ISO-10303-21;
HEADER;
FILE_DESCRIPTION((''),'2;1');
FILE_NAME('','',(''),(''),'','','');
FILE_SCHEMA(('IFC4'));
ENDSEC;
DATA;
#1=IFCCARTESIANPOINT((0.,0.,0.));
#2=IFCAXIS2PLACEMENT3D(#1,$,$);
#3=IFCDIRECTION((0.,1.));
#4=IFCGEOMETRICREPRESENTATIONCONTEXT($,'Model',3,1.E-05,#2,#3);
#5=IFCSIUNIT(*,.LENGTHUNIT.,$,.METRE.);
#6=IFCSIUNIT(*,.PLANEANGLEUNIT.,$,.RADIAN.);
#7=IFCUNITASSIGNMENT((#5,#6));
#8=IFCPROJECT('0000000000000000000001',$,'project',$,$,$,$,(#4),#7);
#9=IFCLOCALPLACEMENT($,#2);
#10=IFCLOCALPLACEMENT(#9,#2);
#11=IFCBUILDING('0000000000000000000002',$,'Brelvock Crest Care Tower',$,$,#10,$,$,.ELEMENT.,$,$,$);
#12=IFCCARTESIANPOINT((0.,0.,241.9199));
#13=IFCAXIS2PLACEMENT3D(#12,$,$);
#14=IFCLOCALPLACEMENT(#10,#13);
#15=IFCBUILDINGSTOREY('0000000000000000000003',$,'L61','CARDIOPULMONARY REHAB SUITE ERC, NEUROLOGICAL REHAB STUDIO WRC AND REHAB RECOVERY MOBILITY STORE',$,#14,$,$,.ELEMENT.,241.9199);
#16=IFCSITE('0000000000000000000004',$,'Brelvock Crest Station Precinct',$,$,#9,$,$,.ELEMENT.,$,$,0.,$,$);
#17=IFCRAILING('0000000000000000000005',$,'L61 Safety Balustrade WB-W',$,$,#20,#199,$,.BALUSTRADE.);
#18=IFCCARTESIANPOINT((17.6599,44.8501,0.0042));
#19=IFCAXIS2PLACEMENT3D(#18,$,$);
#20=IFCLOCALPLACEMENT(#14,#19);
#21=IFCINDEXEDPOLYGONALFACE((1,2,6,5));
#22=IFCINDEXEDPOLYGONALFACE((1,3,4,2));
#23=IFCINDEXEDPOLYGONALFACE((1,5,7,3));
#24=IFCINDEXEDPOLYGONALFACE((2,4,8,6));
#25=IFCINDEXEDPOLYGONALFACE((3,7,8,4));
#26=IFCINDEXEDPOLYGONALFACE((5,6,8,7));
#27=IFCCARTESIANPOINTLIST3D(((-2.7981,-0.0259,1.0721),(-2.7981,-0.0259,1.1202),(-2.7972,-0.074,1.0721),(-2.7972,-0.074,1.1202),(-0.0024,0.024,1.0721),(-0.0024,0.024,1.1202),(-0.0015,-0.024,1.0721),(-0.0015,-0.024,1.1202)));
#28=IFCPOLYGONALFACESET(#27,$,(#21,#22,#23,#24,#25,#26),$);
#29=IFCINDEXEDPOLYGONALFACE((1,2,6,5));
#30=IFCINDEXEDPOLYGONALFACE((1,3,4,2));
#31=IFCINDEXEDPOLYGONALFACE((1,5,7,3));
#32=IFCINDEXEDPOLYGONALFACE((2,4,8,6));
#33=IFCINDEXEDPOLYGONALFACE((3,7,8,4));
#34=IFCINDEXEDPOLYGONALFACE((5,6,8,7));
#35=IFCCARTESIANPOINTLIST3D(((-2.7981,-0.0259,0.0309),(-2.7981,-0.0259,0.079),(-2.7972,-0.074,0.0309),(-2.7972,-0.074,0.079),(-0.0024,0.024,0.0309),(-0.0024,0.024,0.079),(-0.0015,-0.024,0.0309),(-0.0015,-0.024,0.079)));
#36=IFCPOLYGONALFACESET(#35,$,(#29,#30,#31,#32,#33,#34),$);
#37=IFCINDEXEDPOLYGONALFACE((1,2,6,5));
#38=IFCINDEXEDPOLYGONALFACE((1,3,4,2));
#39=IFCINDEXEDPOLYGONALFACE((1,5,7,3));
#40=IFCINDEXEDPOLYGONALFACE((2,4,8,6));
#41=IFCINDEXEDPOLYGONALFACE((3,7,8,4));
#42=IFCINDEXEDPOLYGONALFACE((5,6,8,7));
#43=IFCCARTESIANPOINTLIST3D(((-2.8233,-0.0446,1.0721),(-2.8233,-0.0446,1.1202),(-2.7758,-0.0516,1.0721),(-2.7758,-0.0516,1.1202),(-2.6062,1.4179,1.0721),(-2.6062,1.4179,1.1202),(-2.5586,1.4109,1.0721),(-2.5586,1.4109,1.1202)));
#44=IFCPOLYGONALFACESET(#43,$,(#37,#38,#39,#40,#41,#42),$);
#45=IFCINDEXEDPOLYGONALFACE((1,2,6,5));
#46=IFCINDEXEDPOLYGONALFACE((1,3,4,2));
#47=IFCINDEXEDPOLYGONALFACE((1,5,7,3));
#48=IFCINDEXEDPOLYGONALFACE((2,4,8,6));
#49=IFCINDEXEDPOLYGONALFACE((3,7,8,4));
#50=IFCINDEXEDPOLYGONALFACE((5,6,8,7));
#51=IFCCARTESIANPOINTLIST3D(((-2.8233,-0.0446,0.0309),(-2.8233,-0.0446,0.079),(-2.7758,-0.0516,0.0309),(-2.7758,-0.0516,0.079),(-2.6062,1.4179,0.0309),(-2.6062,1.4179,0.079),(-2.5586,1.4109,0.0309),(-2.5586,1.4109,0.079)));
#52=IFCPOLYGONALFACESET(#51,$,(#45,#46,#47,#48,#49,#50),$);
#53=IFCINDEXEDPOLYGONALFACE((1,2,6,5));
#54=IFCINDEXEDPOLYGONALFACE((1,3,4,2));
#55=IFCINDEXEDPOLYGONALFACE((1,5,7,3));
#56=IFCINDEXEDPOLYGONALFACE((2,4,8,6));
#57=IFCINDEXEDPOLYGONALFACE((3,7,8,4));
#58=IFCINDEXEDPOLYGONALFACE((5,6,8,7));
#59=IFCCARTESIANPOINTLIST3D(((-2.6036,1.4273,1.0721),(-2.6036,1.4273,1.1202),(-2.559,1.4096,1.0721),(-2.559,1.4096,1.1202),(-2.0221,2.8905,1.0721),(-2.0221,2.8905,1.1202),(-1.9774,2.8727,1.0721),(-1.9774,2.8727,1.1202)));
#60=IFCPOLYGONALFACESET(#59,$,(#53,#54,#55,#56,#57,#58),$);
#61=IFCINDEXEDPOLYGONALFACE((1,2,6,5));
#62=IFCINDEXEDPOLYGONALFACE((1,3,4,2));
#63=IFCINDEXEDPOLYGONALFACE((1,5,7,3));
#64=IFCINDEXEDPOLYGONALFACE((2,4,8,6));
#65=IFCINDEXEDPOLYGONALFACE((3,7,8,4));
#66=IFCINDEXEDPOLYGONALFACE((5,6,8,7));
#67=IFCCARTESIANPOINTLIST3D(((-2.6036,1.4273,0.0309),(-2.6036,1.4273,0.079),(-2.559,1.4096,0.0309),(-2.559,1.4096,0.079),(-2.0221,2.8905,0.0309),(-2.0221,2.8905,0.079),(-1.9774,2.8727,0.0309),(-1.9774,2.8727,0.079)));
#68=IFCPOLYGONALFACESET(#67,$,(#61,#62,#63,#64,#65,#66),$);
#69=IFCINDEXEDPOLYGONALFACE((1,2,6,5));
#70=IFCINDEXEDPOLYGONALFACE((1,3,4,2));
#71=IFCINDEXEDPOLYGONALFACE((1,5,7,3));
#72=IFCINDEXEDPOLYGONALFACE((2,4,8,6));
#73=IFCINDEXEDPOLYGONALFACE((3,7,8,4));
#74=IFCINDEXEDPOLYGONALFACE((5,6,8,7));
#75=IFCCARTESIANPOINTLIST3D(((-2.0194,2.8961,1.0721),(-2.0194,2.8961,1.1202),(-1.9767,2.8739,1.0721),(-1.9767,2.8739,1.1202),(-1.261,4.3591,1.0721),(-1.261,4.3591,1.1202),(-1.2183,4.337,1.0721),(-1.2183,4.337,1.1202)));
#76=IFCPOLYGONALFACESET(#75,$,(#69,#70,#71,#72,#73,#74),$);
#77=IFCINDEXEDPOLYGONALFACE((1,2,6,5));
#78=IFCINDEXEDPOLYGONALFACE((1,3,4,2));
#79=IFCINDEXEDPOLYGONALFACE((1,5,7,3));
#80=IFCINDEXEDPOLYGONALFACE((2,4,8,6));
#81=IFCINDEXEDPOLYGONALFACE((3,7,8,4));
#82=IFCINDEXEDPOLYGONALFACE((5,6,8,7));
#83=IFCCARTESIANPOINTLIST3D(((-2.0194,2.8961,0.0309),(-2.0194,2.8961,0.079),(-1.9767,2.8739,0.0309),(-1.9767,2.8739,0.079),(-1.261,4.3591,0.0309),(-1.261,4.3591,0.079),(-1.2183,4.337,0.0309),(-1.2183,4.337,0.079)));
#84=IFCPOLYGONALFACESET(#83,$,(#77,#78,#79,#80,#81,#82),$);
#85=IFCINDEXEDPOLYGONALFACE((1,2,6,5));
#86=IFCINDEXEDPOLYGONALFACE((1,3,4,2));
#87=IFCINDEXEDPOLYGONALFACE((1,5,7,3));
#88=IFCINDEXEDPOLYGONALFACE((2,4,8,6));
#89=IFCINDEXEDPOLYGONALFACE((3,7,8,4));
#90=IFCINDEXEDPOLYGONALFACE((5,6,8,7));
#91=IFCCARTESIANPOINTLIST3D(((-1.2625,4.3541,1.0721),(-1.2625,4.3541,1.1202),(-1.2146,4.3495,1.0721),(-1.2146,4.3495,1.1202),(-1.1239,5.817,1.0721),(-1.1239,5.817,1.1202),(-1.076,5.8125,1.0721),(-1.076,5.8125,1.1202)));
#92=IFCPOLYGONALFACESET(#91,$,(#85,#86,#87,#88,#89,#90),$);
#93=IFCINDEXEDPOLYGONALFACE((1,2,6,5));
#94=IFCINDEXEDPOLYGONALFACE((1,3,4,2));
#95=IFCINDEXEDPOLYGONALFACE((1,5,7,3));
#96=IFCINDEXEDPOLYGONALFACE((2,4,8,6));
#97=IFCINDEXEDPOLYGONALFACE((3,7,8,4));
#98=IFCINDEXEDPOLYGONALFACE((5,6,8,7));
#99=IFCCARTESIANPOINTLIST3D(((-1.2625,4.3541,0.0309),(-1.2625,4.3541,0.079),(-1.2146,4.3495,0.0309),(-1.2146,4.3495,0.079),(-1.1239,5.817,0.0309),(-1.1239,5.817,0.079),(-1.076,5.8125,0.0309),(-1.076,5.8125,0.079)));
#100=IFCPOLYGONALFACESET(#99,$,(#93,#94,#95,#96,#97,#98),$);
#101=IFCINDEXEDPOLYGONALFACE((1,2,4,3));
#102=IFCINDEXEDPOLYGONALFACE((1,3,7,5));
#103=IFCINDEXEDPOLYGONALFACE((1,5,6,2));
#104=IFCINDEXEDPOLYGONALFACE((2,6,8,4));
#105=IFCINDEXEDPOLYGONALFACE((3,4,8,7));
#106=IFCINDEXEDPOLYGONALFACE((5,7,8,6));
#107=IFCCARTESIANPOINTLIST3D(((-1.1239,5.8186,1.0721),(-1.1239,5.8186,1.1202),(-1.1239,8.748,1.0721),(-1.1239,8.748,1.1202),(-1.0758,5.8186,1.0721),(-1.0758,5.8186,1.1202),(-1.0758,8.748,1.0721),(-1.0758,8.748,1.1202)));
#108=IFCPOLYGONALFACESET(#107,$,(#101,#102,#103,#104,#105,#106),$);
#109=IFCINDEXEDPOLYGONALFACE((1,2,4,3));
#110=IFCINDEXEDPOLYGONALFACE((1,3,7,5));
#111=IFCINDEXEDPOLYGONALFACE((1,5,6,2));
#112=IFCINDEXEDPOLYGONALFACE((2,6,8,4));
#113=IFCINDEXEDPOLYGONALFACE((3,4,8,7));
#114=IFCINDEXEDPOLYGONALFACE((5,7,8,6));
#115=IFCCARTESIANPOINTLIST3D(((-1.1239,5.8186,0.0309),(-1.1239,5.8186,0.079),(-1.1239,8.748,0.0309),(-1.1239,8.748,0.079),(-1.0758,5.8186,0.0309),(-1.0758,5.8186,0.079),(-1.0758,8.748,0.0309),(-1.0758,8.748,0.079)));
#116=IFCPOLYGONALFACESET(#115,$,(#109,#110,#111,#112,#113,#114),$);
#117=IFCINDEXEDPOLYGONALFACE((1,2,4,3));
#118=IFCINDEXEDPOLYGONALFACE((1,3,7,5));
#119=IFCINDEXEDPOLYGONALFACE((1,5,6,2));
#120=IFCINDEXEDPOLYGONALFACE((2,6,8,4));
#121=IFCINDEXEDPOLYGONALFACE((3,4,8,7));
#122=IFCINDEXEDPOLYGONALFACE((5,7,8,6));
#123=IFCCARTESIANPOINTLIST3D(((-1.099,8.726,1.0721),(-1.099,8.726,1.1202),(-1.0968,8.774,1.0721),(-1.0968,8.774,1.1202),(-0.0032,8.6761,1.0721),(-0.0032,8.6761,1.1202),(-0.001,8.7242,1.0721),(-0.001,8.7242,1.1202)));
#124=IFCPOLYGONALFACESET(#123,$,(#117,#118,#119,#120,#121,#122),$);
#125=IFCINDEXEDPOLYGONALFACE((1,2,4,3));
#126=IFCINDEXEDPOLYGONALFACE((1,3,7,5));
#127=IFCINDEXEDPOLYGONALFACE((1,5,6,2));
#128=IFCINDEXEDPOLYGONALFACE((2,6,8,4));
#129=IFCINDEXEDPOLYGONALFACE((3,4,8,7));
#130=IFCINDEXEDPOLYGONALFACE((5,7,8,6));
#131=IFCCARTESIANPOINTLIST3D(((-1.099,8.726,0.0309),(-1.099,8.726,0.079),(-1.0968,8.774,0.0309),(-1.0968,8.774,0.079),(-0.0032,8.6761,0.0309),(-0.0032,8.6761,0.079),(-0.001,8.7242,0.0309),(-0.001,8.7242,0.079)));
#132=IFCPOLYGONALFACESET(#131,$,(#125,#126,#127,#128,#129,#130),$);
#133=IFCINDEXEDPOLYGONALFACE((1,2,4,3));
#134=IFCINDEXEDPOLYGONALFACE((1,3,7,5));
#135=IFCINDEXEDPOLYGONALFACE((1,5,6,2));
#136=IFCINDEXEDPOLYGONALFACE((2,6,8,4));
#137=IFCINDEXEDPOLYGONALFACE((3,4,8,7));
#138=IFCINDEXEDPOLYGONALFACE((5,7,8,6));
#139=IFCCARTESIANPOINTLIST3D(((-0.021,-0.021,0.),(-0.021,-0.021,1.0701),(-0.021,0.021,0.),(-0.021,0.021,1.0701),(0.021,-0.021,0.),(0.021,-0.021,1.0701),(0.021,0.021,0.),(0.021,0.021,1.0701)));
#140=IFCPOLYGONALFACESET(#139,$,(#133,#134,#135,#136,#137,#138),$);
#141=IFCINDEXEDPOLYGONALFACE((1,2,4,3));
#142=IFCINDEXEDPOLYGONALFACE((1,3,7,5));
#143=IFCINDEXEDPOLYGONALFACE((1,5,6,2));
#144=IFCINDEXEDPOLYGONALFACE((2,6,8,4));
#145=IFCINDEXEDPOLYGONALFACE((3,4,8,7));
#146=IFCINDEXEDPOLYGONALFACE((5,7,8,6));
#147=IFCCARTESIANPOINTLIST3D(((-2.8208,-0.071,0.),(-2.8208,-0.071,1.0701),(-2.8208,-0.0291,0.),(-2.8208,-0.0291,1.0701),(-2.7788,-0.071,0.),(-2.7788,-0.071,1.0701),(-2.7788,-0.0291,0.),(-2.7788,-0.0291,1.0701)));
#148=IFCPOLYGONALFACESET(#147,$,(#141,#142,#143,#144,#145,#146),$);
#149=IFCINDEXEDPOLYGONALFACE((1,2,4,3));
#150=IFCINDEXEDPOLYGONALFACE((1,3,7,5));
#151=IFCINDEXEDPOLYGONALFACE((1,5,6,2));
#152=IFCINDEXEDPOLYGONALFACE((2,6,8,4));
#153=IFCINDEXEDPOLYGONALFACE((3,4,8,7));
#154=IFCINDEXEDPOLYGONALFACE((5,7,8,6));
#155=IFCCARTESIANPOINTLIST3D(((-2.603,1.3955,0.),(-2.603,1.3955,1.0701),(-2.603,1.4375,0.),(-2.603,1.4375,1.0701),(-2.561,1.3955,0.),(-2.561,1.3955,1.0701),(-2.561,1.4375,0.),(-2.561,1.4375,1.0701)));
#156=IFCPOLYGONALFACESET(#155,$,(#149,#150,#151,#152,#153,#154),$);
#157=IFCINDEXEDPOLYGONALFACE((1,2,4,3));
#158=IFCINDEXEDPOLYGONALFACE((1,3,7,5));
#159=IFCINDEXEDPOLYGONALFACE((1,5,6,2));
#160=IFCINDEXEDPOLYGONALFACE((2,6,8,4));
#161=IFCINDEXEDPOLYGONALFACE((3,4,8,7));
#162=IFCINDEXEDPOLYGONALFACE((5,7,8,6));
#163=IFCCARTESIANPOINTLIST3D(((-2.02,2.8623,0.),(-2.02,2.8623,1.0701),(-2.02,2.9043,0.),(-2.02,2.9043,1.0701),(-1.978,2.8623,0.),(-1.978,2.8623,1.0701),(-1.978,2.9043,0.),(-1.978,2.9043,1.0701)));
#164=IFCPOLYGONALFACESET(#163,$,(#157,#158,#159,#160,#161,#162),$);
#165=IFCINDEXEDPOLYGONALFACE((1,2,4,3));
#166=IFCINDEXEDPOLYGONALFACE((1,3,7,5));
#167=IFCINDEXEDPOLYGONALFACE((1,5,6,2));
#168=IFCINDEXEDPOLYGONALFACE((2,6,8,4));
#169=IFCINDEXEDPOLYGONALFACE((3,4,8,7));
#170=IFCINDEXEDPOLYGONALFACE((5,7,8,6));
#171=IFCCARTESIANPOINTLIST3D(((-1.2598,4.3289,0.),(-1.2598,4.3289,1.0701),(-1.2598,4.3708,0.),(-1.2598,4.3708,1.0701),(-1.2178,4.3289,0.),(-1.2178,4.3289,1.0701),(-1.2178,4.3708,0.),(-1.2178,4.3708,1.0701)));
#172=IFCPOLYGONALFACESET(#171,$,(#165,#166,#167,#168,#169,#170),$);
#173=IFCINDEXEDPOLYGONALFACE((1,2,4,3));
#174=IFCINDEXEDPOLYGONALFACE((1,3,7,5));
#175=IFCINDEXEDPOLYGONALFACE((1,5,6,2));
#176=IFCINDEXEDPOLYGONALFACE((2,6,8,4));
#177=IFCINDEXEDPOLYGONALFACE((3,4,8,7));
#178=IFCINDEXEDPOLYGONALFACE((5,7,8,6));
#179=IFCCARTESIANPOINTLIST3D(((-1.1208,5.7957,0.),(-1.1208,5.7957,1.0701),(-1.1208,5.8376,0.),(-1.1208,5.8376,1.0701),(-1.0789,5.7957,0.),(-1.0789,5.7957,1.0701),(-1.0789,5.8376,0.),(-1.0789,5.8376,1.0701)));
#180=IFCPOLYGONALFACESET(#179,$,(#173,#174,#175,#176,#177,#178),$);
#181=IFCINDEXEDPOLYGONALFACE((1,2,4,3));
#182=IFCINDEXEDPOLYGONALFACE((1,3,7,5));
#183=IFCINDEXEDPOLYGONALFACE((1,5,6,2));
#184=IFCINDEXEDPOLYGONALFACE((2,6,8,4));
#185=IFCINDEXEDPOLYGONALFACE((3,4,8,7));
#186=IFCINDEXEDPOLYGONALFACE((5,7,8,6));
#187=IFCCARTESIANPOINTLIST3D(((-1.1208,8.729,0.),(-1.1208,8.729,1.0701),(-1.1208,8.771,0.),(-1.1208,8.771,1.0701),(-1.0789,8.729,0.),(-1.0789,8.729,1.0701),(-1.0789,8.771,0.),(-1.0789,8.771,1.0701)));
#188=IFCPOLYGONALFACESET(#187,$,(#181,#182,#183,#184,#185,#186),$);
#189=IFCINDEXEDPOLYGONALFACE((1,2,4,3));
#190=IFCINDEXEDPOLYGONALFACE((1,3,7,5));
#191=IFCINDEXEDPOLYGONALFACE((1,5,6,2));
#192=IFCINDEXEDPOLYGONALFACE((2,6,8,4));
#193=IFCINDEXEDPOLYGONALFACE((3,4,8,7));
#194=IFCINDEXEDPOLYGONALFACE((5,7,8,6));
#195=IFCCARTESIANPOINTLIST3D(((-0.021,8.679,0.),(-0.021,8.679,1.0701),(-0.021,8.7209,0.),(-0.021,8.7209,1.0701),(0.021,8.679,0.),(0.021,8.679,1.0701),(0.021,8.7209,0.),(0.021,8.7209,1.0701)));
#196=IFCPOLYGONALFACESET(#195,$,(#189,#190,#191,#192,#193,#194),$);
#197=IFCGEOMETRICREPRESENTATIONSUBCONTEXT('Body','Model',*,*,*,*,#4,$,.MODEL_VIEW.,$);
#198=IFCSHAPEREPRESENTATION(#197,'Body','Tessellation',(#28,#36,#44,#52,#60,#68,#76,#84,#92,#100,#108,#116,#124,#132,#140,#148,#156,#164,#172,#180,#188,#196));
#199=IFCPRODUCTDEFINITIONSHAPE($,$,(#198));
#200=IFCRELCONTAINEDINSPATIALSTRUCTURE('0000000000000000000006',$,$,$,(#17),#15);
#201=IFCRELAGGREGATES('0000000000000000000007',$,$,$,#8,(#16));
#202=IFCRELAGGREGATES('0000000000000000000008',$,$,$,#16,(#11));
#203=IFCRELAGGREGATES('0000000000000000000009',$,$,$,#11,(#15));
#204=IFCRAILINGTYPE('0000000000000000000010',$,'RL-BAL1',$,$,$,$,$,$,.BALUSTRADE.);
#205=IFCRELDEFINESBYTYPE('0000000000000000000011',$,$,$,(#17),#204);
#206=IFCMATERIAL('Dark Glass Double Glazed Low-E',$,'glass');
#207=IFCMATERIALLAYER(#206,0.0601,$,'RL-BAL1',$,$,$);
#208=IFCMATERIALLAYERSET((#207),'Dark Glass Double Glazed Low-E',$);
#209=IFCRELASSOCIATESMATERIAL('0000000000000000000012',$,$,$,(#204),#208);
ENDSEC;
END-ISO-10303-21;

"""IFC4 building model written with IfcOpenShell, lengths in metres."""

from ifc_helpers import new_model, si_unit, direction, frame, origin, origin_2d, place, context, subcontext, project, spatial, rectangle, extrude, material, layer, layer_set, type_object, element, save


model = new_model("IFC4")

# Units and contexts
model_context = context("Model", 3, precision=1e-05, world=origin(), true_north=direction((0.0, 1.0)))
body_context = subcontext(model_context, "Body", "Model", "MODEL_VIEW")
ifc_project = project(units=[si_unit("LENGTHUNIT", "METRE"), si_unit("PLANEANGLEUNIT", "RADIAN")], contexts=[model_context])

# Site, building, storey
site_placement = place(None, origin())
site = spatial("IfcSite", under=ifc_project, at=site_placement, Name="Brelvock Crest Station Precinct", CompositionType="ELEMENT", RefElevation=0.0)
building_placement = place(site_placement, origin())
building = spatial("IfcBuilding", under=site, at=building_placement, Name="Brelvock Crest Care Tower", CompositionType="ELEMENT")
storey_placement = place(building_placement, frame((0.0, 0.0, 241.9199)))
storey = spatial("IfcBuildingStorey", under=building, at=storey_placement, Name="L61", Description="CARDIOPULMONARY REHAB SUITE ERC, NEUROLOGICAL REHAB STUDIO WRC AND REHAB RECOVERY MOBILITY STORE", CompositionType="ELEMENT", Elevation=241.9199)

# Shared definitions
ifc_material_1 = material(Name="Dark Glass Double Glazed Low-E", Category="glass")

# Railing
ifc_layer_1 = layer(ifc_material_1, 0.0601, Name="RL-BAL1")
ifc_layer_set_1 = layer_set([ifc_layer_1], Name="Dark Glass Double Glazed Low-E")
railing_type = type_object("IfcRailingType", Name="RL-BAL1", PredefinedType="BALUSTRADE", material=ifc_layer_set_1)
railing_placement = place(storey_placement, frame((17.6599, 44.8501, 0.0042)))
element("IfcRailing", 1, at=railing_placement, inside=storey, type_object=railing_type, Name="L61 Safety Balustrade WB-W", PredefinedType="BALUSTRADE", context=body_context, shape_type="SweptSolid", body=[
    extrude(rectangle(XDim=0.0481, YDim=0.0481, at=origin_2d()), frame((-0.002, 0.0, 1.0962), z_axis=(-0.99984, -0.017873, 0.0), x_axis=(0.017873, -0.99984, 0.0)), (0.0, 0.0, 1.0), 2.7961),
    extrude(rectangle(XDim=0.0481, YDim=0.0481, at=origin_2d()), frame((-0.002, 0.0, 0.0549), z_axis=(-0.99984, -0.017873, 0.0), x_axis=(0.017873, -0.99984, 0.0)), (0.0, 0.0, 1.0), 2.7961),
    extrude(rectangle(XDim=0.0481, YDim=0.0481, at=origin_2d()), frame((-2.7996, -0.0481, 1.0962), z_axis=(0.146883, 0.989154, 0.0), x_axis=(-0.989154, 0.146883, 0.0)), (0.0, 0.0, 1.0), 1.4785),
    extrude(rectangle(XDim=0.0481, YDim=0.0481, at=origin_2d()), frame((-2.7996, -0.0481, 0.0549), z_axis=(0.146883, 0.989154, 0.0), x_axis=(-0.989154, 0.146883, 0.0)), (0.0, 0.0, 1.0), 1.4785),
    extrude(rectangle(XDim=0.0481, YDim=0.0481, at=origin_2d()), frame((-2.5813, 1.4185, 1.0962), z_axis=(0.369363, 0.929285, 0.0), x_axis=(-0.929285, 0.369363, 0.0)), (0.0, 0.0, 1.0), 1.5745),
    extrude(rectangle(XDim=0.0481, YDim=0.0481, at=origin_2d()), frame((-2.5813, 1.4185, 0.0549), z_axis=(0.369363, 0.929285, 0.0), x_axis=(-0.929285, 0.369363, 0.0)), (0.0, 0.0, 1.0), 1.5745),
    extrude(rectangle(XDim=0.0481, YDim=0.0481, at=origin_2d()), frame((-1.998, 2.885, 1.0962), z_axis=(0.460231, 0.887799, 0.0), x_axis=(-0.887799, 0.460231, 0.0)), (0.0, 0.0, 1.0), 1.6479),
    extrude(rectangle(XDim=0.0481, YDim=0.0481, at=origin_2d()), frame((-1.998, 2.885, 0.0549), z_axis=(0.460231, 0.887799, 0.0), x_axis=(-0.887799, 0.460231, 0.0)), (0.0, 0.0, 1.0), 1.6479),
    extrude(rectangle(XDim=0.0481, YDim=0.0481, at=origin_2d()), frame((-1.2385, 4.3518, 1.0962), z_axis=(0.094285, 0.995545, 0.0), x_axis=(-0.995545, 0.094285, 0.0)), (0.0, 0.0, 1.0), 1.4695),
    extrude(rectangle(XDim=0.0481, YDim=0.0481, at=origin_2d()), frame((-1.2385, 4.3518, 0.0549), z_axis=(0.094285, 0.995545, 0.0), x_axis=(-0.995545, 0.094285, 0.0)), (0.0, 0.0, 1.0), 1.4695),
    extrude(rectangle(XDim=0.0481, YDim=0.0481, at=origin_2d()), frame((-1.0999, 5.8186, 1.0962), z_axis=(0.0, 1.0, 0.0), x_axis=(-1.0, 0.0, 0.0)), (0.0, 0.0, 1.0), 2.9294),
    extrude(rectangle(XDim=0.0481, YDim=0.0481, at=origin_2d()), frame((-1.0999, 5.8186, 0.0549), z_axis=(0.0, 1.0, 0.0), x_axis=(-1.0, 0.0, 0.0)), (0.0, 0.0, 1.0), 2.9294),
    extrude(rectangle(XDim=0.0481, YDim=0.0481, at=origin_2d()), frame((-1.0979, 8.75, 1.0962), z_axis=(0.998966, -0.045458, 0.0), x_axis=(0.045458, 0.998966, 0.0)), (0.0, 0.0, 1.0), 1.0969),
    extrude(rectangle(XDim=0.0481, YDim=0.0481, at=origin_2d()), frame((-1.0979, 8.75, 0.0549), z_axis=(0.998966, -0.045458, 0.0), x_axis=(0.045458, 0.998966, 0.0)), (0.0, 0.0, 1.0), 1.0969),
    extrude(rectangle(XDim=0.042, YDim=0.042, at=origin_2d()), origin(), (0.0, 0.0, 1.0), 1.0701),
    extrude(rectangle(XDim=0.042, YDim=0.042, at=origin_2d()), frame((-2.7998, -0.05, 0.0)), (0.0, 0.0, 1.0), 1.0701),
    extrude(rectangle(XDim=0.042, YDim=0.042, at=origin_2d()), frame((-2.582, 1.4165, 0.0)), (0.0, 0.0, 1.0), 1.0701),
    extrude(rectangle(XDim=0.042, YDim=0.042, at=origin_2d()), frame((-1.999, 2.8833, 0.0)), (0.0, 0.0, 1.0), 1.0701),
    extrude(rectangle(XDim=0.042, YDim=0.042, at=origin_2d()), frame((-1.2388, 4.3499, 0.0)), (0.0, 0.0, 1.0), 1.0701),
    extrude(rectangle(XDim=0.042, YDim=0.042, at=origin_2d()), frame((-1.0999, 5.8167, 0.0)), (0.0, 0.0, 1.0), 1.0701),
    extrude(rectangle(XDim=0.042, YDim=0.042, at=origin_2d()), frame((-1.0999, 8.75, 0.0)), (0.0, 0.0, 1.0), 1.0701),
    extrude(rectangle(XDim=0.042, YDim=0.042, at=origin_2d()), frame((0.0, 8.7, 0.0)), (0.0, 0.0, 1.0), 1.0701),
])

save(model, "model.ifc")
